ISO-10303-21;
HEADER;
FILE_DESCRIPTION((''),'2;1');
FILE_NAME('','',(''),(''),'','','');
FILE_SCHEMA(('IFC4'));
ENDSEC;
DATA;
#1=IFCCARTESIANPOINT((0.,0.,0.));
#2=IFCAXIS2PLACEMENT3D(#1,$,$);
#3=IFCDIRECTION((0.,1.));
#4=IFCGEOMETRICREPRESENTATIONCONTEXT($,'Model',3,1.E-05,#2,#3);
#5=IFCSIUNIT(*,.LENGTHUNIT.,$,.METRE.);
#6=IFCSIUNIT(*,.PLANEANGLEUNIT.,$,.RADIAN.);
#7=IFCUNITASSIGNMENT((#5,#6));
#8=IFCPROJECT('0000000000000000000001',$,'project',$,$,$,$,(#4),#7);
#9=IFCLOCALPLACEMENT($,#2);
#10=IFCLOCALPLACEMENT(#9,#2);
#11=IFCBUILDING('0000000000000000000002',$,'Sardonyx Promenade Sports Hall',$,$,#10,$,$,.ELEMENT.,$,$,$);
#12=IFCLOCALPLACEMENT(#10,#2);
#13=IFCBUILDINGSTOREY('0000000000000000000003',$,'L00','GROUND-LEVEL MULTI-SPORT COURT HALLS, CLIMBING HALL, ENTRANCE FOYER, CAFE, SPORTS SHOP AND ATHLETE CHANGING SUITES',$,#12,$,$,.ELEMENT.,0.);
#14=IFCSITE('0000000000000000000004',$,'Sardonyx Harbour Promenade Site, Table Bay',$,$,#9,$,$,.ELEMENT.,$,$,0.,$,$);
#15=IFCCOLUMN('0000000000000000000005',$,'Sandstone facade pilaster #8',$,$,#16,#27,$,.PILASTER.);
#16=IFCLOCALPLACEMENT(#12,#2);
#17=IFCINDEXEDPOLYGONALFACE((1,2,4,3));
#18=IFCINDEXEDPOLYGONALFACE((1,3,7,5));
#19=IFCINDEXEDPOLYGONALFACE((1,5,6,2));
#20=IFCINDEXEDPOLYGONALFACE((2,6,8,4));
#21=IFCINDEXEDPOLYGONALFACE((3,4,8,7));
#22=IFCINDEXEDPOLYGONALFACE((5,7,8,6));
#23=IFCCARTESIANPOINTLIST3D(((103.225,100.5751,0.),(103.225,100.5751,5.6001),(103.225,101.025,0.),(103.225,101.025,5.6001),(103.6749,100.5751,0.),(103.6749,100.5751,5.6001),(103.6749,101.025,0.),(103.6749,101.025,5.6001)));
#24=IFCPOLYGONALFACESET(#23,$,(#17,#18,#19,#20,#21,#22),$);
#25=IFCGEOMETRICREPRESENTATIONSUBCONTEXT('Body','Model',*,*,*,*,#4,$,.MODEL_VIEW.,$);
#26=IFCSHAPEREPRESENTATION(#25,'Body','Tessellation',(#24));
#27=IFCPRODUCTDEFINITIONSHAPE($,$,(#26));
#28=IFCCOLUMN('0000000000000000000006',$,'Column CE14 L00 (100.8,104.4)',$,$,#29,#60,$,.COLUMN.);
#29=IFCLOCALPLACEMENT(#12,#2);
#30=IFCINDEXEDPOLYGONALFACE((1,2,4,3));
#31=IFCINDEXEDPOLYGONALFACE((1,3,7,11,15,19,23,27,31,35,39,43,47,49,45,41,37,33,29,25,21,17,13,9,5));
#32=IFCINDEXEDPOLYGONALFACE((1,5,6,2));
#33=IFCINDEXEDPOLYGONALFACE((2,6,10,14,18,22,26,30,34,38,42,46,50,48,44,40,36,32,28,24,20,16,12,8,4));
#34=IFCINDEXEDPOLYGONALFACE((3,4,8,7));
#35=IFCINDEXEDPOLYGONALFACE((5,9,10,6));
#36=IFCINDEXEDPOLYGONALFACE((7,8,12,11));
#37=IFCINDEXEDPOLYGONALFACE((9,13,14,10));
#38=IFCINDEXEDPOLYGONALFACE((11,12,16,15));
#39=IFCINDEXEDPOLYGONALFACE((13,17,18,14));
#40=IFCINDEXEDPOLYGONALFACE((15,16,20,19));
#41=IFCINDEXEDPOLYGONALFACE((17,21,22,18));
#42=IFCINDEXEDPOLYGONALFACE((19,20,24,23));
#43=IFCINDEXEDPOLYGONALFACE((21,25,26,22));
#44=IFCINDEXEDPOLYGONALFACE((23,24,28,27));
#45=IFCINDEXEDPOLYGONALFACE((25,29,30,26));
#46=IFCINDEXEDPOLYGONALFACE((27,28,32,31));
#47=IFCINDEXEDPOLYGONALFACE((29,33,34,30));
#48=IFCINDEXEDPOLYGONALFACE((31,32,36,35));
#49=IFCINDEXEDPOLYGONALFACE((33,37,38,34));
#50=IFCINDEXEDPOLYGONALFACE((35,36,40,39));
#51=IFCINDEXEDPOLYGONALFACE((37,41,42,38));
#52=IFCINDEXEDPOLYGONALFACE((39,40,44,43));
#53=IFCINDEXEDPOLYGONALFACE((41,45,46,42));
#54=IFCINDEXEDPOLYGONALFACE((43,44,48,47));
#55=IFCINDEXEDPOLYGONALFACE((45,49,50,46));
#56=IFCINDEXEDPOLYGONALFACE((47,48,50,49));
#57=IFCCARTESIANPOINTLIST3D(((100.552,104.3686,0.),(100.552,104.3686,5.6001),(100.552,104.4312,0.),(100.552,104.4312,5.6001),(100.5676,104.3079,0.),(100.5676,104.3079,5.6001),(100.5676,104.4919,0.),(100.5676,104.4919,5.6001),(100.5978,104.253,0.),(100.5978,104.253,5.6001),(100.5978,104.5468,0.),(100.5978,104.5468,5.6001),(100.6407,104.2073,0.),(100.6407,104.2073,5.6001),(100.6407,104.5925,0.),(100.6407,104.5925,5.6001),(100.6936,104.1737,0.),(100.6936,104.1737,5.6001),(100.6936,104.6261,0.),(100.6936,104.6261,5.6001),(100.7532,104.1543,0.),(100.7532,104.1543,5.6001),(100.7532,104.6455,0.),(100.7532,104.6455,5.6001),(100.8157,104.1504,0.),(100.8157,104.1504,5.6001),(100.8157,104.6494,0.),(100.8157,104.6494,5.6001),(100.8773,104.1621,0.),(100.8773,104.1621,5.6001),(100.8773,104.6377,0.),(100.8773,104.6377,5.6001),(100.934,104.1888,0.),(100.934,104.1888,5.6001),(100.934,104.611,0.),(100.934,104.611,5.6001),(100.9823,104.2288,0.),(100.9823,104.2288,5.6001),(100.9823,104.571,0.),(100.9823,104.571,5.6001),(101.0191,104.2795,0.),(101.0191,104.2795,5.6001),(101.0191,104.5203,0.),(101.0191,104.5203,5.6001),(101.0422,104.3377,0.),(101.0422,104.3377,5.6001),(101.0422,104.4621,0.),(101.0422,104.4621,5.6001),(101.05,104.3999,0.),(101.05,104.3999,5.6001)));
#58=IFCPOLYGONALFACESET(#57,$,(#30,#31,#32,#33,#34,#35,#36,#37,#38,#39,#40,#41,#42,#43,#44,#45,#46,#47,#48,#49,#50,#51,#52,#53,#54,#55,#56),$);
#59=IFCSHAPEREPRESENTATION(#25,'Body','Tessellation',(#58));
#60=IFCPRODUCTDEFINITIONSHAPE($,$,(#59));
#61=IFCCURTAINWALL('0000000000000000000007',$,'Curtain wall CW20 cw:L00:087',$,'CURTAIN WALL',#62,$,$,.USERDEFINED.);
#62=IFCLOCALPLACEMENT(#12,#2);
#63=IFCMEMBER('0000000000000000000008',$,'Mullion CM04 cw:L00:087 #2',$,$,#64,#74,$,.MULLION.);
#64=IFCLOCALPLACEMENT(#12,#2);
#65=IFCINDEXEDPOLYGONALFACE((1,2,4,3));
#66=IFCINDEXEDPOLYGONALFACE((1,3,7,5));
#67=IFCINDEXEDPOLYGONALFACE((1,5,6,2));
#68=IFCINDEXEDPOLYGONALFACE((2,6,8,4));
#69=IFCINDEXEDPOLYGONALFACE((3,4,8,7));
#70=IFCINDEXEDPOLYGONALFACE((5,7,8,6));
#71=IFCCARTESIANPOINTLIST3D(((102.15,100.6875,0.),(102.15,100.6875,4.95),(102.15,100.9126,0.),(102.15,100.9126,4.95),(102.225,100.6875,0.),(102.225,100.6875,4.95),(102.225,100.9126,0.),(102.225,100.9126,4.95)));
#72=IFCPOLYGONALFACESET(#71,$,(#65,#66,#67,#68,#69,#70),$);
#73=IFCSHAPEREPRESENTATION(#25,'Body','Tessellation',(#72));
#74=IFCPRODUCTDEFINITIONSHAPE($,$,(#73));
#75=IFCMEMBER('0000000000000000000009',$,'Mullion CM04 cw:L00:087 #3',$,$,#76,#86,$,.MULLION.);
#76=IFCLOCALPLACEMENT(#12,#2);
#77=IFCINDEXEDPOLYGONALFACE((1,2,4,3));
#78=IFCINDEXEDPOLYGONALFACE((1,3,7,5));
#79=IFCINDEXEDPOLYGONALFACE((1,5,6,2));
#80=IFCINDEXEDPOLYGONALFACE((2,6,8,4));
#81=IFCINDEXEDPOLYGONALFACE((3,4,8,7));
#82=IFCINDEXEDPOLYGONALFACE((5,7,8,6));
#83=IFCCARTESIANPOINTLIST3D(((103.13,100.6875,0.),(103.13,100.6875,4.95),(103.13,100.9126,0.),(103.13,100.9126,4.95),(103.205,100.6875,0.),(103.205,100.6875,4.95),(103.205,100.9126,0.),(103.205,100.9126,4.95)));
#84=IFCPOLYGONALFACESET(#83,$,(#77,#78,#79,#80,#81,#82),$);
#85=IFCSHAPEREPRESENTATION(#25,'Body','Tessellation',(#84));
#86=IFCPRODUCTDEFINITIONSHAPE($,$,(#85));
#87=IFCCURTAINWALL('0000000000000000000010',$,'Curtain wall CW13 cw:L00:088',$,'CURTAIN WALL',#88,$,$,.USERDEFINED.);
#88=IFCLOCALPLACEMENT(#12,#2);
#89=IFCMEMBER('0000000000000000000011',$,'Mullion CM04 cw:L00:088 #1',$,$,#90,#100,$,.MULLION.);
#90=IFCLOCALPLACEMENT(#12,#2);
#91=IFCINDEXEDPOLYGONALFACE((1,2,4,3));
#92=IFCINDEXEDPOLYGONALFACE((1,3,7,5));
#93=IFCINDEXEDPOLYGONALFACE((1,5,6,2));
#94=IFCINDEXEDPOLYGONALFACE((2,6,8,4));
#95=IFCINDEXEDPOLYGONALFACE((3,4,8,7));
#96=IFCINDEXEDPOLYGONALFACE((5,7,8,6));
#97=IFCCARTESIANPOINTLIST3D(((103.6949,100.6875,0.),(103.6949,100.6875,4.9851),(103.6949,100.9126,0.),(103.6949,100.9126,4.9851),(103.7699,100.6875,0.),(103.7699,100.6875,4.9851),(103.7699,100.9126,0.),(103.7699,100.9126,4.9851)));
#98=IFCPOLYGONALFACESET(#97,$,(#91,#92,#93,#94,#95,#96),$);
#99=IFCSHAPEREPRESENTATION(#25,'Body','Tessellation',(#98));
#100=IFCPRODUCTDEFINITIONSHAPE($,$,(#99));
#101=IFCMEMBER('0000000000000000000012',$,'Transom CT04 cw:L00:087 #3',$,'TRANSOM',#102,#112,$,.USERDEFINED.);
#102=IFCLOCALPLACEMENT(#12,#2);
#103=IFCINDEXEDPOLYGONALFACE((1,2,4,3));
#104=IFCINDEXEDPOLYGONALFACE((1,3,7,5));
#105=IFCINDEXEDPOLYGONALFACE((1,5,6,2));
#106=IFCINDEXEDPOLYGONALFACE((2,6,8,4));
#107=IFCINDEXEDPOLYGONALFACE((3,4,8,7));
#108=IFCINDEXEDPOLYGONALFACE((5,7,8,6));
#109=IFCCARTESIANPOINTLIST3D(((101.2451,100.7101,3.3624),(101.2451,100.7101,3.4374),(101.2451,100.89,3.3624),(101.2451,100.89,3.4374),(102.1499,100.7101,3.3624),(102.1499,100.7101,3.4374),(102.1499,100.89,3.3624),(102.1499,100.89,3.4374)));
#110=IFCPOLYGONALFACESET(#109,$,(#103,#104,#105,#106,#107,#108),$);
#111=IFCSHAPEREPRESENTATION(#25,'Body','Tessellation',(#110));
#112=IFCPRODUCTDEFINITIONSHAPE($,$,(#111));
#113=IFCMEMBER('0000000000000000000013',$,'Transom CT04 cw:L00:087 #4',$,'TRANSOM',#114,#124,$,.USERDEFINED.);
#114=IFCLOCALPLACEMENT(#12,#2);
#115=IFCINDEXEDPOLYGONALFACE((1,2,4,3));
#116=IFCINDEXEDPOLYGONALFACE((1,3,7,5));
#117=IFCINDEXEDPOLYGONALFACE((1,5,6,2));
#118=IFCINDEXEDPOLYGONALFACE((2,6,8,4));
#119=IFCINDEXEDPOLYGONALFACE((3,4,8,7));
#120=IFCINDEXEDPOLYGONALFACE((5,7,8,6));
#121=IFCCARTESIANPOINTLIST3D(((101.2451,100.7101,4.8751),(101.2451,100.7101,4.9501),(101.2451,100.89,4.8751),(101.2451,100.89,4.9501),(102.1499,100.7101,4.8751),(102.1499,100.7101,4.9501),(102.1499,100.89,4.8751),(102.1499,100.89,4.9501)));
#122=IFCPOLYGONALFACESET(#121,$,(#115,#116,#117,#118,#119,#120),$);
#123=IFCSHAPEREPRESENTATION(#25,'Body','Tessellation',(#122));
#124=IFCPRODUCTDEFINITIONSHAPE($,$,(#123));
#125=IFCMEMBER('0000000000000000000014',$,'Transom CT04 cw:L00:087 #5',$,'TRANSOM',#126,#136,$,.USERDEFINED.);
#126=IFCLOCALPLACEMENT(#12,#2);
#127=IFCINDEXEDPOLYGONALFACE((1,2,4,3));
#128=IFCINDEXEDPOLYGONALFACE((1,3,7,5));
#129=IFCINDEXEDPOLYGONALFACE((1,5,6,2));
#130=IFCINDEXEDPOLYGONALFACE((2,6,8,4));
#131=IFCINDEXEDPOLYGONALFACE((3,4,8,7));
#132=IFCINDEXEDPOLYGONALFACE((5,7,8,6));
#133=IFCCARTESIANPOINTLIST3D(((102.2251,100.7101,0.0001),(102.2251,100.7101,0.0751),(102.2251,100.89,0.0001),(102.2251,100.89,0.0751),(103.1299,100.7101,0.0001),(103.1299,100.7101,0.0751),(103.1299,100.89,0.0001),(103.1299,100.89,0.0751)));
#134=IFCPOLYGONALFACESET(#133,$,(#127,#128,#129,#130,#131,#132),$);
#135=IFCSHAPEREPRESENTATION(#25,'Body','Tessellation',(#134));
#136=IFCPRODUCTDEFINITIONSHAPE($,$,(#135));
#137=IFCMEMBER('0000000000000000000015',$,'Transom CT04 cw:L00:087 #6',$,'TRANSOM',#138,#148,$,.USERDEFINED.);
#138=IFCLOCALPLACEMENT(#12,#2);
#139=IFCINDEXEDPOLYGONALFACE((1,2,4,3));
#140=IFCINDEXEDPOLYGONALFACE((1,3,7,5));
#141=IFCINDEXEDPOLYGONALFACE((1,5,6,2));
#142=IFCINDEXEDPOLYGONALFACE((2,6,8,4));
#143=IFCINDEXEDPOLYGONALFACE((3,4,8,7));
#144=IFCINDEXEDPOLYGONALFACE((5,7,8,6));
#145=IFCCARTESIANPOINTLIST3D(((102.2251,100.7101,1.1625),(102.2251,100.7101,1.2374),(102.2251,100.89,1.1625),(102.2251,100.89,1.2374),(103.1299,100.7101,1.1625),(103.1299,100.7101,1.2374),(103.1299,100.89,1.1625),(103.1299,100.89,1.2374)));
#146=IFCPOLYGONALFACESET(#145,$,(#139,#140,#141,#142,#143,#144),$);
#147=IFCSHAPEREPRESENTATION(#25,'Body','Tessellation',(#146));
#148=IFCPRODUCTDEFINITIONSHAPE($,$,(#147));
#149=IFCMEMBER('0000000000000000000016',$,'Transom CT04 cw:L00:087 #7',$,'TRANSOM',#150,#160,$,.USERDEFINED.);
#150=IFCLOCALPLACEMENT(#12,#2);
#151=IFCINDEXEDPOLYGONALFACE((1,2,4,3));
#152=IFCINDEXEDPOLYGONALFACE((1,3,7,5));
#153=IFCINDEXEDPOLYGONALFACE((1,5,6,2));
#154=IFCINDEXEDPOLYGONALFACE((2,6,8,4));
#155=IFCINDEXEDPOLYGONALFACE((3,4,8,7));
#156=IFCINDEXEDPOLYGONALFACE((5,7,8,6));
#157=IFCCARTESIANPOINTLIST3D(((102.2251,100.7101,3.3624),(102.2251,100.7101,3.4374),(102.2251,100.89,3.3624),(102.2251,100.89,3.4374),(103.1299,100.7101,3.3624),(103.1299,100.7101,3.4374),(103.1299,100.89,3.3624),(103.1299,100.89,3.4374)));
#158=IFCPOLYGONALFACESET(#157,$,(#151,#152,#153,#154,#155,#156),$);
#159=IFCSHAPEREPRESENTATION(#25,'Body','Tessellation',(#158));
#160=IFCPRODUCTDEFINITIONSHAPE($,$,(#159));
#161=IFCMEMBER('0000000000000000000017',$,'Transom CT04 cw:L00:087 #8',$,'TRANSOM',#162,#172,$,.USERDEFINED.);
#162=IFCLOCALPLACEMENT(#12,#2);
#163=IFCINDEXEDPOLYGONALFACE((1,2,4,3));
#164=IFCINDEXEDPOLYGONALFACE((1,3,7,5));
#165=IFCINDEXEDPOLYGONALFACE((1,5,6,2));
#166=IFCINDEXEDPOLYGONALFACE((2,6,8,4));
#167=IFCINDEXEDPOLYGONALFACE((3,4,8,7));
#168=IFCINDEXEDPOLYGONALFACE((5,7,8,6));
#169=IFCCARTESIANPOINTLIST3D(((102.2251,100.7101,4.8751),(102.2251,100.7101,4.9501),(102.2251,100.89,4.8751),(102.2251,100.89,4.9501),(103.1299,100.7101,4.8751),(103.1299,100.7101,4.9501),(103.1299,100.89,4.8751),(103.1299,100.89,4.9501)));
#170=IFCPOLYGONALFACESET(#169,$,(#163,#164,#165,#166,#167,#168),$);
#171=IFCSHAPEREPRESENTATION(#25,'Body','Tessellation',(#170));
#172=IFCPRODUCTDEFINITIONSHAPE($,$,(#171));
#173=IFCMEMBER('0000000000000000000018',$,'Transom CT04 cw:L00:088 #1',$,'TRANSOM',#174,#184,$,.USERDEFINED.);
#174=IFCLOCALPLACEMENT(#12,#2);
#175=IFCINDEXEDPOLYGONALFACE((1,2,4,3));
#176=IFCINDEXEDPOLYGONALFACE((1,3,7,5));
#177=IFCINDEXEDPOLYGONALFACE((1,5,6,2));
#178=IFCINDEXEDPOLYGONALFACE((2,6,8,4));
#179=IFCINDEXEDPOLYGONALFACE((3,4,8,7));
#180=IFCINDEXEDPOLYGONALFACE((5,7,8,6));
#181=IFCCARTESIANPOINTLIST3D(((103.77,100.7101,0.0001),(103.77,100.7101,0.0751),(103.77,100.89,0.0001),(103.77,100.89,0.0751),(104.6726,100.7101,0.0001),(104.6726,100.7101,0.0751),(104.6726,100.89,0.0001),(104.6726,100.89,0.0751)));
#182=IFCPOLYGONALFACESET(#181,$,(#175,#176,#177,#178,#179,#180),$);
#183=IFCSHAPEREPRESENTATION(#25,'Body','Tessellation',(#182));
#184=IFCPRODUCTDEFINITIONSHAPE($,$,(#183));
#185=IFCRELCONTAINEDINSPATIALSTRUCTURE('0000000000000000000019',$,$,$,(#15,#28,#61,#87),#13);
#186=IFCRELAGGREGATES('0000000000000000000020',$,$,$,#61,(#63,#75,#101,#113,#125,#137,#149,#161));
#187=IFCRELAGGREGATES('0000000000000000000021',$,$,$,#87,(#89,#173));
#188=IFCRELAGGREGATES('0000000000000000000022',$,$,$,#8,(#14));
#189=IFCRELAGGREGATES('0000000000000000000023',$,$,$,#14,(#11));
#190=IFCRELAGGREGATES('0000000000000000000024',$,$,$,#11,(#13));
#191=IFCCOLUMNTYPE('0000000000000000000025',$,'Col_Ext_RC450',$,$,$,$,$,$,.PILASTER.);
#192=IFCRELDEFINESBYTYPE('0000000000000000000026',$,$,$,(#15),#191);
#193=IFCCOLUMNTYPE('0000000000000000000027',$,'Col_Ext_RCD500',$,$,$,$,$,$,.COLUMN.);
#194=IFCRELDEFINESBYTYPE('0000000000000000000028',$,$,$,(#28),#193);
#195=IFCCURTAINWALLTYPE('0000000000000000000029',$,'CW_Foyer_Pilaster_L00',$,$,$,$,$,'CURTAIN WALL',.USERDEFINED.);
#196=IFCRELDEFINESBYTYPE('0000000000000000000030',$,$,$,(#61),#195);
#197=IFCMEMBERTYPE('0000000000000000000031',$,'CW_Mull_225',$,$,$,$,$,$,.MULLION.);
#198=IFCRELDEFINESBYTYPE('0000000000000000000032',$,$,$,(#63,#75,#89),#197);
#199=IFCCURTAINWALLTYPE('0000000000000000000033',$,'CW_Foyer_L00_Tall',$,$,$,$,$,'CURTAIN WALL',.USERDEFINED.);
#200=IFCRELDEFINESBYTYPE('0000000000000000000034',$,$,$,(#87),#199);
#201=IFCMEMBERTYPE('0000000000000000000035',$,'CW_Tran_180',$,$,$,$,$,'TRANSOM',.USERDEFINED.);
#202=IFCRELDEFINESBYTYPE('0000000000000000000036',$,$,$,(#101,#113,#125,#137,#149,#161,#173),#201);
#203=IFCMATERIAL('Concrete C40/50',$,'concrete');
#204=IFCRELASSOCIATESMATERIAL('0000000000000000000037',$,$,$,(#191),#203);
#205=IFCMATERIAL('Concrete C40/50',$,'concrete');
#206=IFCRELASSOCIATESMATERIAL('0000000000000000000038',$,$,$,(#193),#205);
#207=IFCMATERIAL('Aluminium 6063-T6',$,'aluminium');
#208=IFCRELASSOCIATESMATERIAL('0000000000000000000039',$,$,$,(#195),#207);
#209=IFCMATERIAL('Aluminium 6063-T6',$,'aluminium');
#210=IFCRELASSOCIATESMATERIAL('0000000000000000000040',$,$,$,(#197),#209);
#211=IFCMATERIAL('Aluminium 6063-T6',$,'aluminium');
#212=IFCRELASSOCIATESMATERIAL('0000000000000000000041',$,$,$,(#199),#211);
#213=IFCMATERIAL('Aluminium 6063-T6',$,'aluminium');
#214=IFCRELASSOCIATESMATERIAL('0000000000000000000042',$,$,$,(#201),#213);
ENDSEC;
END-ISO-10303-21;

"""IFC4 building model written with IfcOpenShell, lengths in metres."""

from ifc_helpers import new_model, si_unit, direction, frame, origin, origin_2d, place, context, subcontext, project, spatial, rectangle, circle, extrude, material, material_profile, profile_set, type_object, element, aggregate, save


model = new_model("IFC4")

# Units and contexts
model_context = context("Model", 3, precision=1e-05, world=origin(), true_north=direction((0.0, 1.0)))
body_context = subcontext(model_context, "Body", "Model", "MODEL_VIEW")
ifc_project = project(units=[si_unit("LENGTHUNIT", "METRE"), si_unit("PLANEANGLEUNIT", "RADIAN")], contexts=[model_context])

# Site, building, storey
site_placement = place(None, origin())
site = spatial("IfcSite", under=ifc_project, at=site_placement, Name="Sardonyx Harbour Promenade Site, Table Bay", CompositionType="ELEMENT", RefElevation=0.0)
building_placement = place(site_placement, origin())
building = spatial("IfcBuilding", under=site, at=building_placement, Name="Sardonyx Promenade Sports Hall", CompositionType="ELEMENT")
storey_placement = place(building_placement, origin())
storey = spatial("IfcBuildingStorey", under=building, at=storey_placement, Name="L00", Description="GROUND-LEVEL MULTI-SPORT COURT HALLS, CLIMBING HALL, ENTRANCE FOYER, CAFE, SPORTS SHOP AND ATHLETE CHANGING SUITES", CompositionType="ELEMENT", Elevation=0.0)

# Columns
ifc_material_1 = material(Name="Concrete C40/50", Category="concrete")
ifc_material_profile_1 = material_profile(ifc_material_1, rectangle(XDim=0.45, YDim=0.45, at=origin_2d()))
ifc_profile_set_1 = profile_set([ifc_material_profile_1], Name="Concrete C40/50")
column_type_1 = type_object("IfcColumnType", Name="Col_Ext_RC450", PredefinedType="PILASTER", material=ifc_profile_set_1)
column_1_placement = place(storey_placement, frame((103.45, 100.8, 0.0), z_axis=(0.0, 0.0, 1.0), x_axis=(1.0, 0.0, 0.0)))
element("IfcColumn", 1, at=column_1_placement, inside=storey, type_object=column_type_1, Name="Sandstone facade pilaster #8", PredefinedType="PILASTER", context=body_context, shape_type="SweptSolid", body=[
    extrude(rectangle(XDim=0.45, YDim=0.45, at=origin_2d()), origin(), (0.0, 0.0, 1.0), 5.6001),
])
ifc_material_2 = material(Name="Concrete C40/50", Category="concrete")
ifc_material_profile_2 = material_profile(ifc_material_2, circle(Radius=0.25, at=origin_2d()))
ifc_profile_set_2 = profile_set([ifc_material_profile_2], Name="Concrete C40/50")
column_type_2 = type_object("IfcColumnType", Name="Col_Ext_RCD500", PredefinedType="COLUMN", material=ifc_profile_set_2)
column_2_placement = place(storey_placement, frame((100.8, 104.3999, 0.0), z_axis=(0.0, 0.0, 1.0), x_axis=(1.0, 0.0, 0.0)))
element("IfcColumn", 2, at=column_2_placement, inside=storey, type_object=column_type_2, Name="Column CE14 L00 (100.8,104.4)", PredefinedType="COLUMN", context=body_context, shape_type="SweptSolid", body=[
    extrude(circle(Radius=0.25, at=origin_2d()), origin(), (0.0, 0.0, 1.0), 5.6001),
])

# Curtain wall, members
ifc_material_3 = material(Name="Aluminium 6063-T6", Category="aluminium")
curtain_wall_type_1 = type_object("IfcCurtainWallType", Name="CW_Foyer_Pilaster_L00", ElementType="CURTAIN WALL", PredefinedType="USERDEFINED", material=ifc_material_3)
curtain_wall_1_placement = place(storey_placement, origin())
curtain_wall_1 = element("IfcCurtainWall", 3, at=curtain_wall_1_placement, inside=storey, type_object=curtain_wall_type_1, Name="Curtain wall CW20 cw:L00:087", ObjectType="CURTAIN WALL", PredefinedType="USERDEFINED")
ifc_material_4 = material(Name="Aluminium 6063-T6", Category="aluminium")
ifc_material_profile_3 = material_profile(ifc_material_4, rectangle(XDim=0.075, YDim=0.2251, at=origin_2d()))
ifc_profile_set_3 = profile_set([ifc_material_profile_3], Name="Aluminium 6063-T6")
member_type_1 = type_object("IfcMemberType", Name="CW_Mull_225", PredefinedType="MULLION", material=ifc_profile_set_3)
member_1_placement = place(storey_placement, frame((102.1875, 100.8, 0.0), z_axis=(0.0, 0.0, 1.0), x_axis=(1.0, 0.0, 0.0)))
member_1 = element("IfcMember", 4, at=member_1_placement, type_object=member_type_1, Name="Mullion CM04 cw:L00:087 #2", PredefinedType="MULLION", context=body_context, shape_type="SweptSolid", body=[
    extrude(rectangle(XDim=0.075, YDim=0.2251, at=origin_2d()), origin(), (0.0, 0.0, 1.0), 4.95),
])
member_2_placement = place(storey_placement, frame((103.1675, 100.8, 0.0), z_axis=(0.0, 0.0, 1.0), x_axis=(1.0, 0.0, 0.0)))
member_2 = element("IfcMember", 5, at=member_2_placement, type_object=member_type_1, Name="Mullion CM04 cw:L00:087 #3", PredefinedType="MULLION", context=body_context, shape_type="SweptSolid", body=[
    extrude(rectangle(XDim=0.075, YDim=0.2251, at=origin_2d()), origin(), (0.0, 0.0, 1.0), 4.95),
])

# Curtain wall, member
ifc_material_5 = material(Name="Aluminium 6063-T6", Category="aluminium")
curtain_wall_type_2 = type_object("IfcCurtainWallType", Name="CW_Foyer_L00_Tall", ElementType="CURTAIN WALL", PredefinedType="USERDEFINED", material=ifc_material_5)
curtain_wall_2_placement = place(storey_placement, origin())
curtain_wall_2 = element("IfcCurtainWall", 6, at=curtain_wall_2_placement, inside=storey, type_object=curtain_wall_type_2, Name="Curtain wall CW13 cw:L00:088", ObjectType="CURTAIN WALL", PredefinedType="USERDEFINED")
member_3_placement = place(storey_placement, frame((103.7324, 100.8, 0.0), z_axis=(0.0, 0.0, 1.0), x_axis=(1.0, 0.0, 0.0)))
member_3 = element("IfcMember", 7, at=member_3_placement, type_object=member_type_1, Name="Mullion CM04 cw:L00:088 #1", PredefinedType="MULLION", context=body_context, shape_type="SweptSolid", body=[
    extrude(rectangle(XDim=0.075, YDim=0.2251, at=origin_2d()), origin(), (0.0, 0.0, 1.0), 4.9851),
])

# Members
ifc_material_6 = material(Name="Aluminium 6063-T6", Category="aluminium")
ifc_material_profile_4 = material_profile(ifc_material_6, rectangle(XDim=0.075, YDim=0.1799, at=origin_2d()))
ifc_profile_set_4 = profile_set([ifc_material_profile_4], Name="Aluminium 6063-T6")
member_type_2 = type_object("IfcMemberType", Name="CW_Tran_180", ElementType="TRANSOM", PredefinedType="USERDEFINED", material=ifc_profile_set_4)
member_4_placement = place(storey_placement, frame((101.2451, 100.8, 3.3999), z_axis=(1.0, 0.0, 0.0), x_axis=(0.0, 0.0, 1.0)))
member_4 = element("IfcMember", 8, at=member_4_placement, type_object=member_type_2, Name="Transom CT04 cw:L00:087 #3", ObjectType="TRANSOM", PredefinedType="USERDEFINED", context=body_context, shape_type="SweptSolid", body=[
    extrude(rectangle(XDim=0.075, YDim=0.1799, at=origin_2d()), origin(), (0.0, 0.0, 1.0), 0.9048),
])
member_5_placement = place(storey_placement, frame((101.2451, 100.8, 4.9126), z_axis=(1.0, 0.0, 0.0), x_axis=(0.0, 0.0, 1.0)))
member_5 = element("IfcMember", 9, at=member_5_placement, type_object=member_type_2, Name="Transom CT04 cw:L00:087 #4", ObjectType="TRANSOM", PredefinedType="USERDEFINED", context=body_context, shape_type="SweptSolid", body=[
    extrude(rectangle(XDim=0.075, YDim=0.1799, at=origin_2d()), origin(), (0.0, 0.0, 1.0), 0.9048),
])
member_6_placement = place(storey_placement, frame((102.2251, 100.8, 0.0376), z_axis=(1.0, 0.0, 0.0), x_axis=(0.0, 0.0, 1.0)))
member_6 = element("IfcMember", 10, at=member_6_placement, type_object=member_type_2, Name="Transom CT04 cw:L00:087 #5", ObjectType="TRANSOM", PredefinedType="USERDEFINED", context=body_context, shape_type="SweptSolid", body=[
    extrude(rectangle(XDim=0.075, YDim=0.1799, at=origin_2d()), origin(), (0.0, 0.0, 1.0), 0.9048),
])
member_7_placement = place(storey_placement, frame((102.2251, 100.8, 1.2), z_axis=(1.0, 0.0, 0.0), x_axis=(0.0, 0.0, 1.0)))
member_7 = element("IfcMember", 11, at=member_7_placement, type_object=member_type_2, Name="Transom CT04 cw:L00:087 #6", ObjectType="TRANSOM", PredefinedType="USERDEFINED", context=body_context, shape_type="SweptSolid", body=[
    extrude(rectangle(XDim=0.075, YDim=0.1799, at=origin_2d()), origin(), (0.0, 0.0, 1.0), 0.9048),
])
member_8_placement = place(storey_placement, frame((102.2251, 100.8, 3.3999), z_axis=(1.0, 0.0, 0.0), x_axis=(0.0, 0.0, 1.0)))
member_8 = element("IfcMember", 12, at=member_8_placement, type_object=member_type_2, Name="Transom CT04 cw:L00:087 #7", ObjectType="TRANSOM", PredefinedType="USERDEFINED", context=body_context, shape_type="SweptSolid", body=[
    extrude(rectangle(XDim=0.075, YDim=0.1799, at=origin_2d()), origin(), (0.0, 0.0, 1.0), 0.9048),
])
member_9_placement = place(storey_placement, frame((102.2251, 100.8, 4.9126), z_axis=(1.0, 0.0, 0.0), x_axis=(0.0, 0.0, 1.0)))
member_9 = element("IfcMember", 13, at=member_9_placement, type_object=member_type_2, Name="Transom CT04 cw:L00:087 #8", ObjectType="TRANSOM", PredefinedType="USERDEFINED", context=body_context, shape_type="SweptSolid", body=[
    extrude(rectangle(XDim=0.075, YDim=0.1799, at=origin_2d()), origin(), (0.0, 0.0, 1.0), 0.9048),
])
member_10_placement = place(storey_placement, frame((103.77, 100.8, 0.0376), z_axis=(1.0, 0.0, 0.0), x_axis=(0.0, 0.0, 1.0)))
member_10 = element("IfcMember", 14, at=member_10_placement, type_object=member_type_2, Name="Transom CT04 cw:L00:088 #1", ObjectType="TRANSOM", PredefinedType="USERDEFINED", context=body_context, shape_type="SweptSolid", body=[
    extrude(rectangle(XDim=0.075, YDim=0.1799, at=origin_2d()), origin(), (0.0, 0.0, 1.0), 0.9026),
])

aggregate(curtain_wall_1, [member_1, member_2, member_4, member_5, member_6, member_7, member_8, member_9])
aggregate(curtain_wall_2, [member_3, member_10])

save(model, "model.ifc")
